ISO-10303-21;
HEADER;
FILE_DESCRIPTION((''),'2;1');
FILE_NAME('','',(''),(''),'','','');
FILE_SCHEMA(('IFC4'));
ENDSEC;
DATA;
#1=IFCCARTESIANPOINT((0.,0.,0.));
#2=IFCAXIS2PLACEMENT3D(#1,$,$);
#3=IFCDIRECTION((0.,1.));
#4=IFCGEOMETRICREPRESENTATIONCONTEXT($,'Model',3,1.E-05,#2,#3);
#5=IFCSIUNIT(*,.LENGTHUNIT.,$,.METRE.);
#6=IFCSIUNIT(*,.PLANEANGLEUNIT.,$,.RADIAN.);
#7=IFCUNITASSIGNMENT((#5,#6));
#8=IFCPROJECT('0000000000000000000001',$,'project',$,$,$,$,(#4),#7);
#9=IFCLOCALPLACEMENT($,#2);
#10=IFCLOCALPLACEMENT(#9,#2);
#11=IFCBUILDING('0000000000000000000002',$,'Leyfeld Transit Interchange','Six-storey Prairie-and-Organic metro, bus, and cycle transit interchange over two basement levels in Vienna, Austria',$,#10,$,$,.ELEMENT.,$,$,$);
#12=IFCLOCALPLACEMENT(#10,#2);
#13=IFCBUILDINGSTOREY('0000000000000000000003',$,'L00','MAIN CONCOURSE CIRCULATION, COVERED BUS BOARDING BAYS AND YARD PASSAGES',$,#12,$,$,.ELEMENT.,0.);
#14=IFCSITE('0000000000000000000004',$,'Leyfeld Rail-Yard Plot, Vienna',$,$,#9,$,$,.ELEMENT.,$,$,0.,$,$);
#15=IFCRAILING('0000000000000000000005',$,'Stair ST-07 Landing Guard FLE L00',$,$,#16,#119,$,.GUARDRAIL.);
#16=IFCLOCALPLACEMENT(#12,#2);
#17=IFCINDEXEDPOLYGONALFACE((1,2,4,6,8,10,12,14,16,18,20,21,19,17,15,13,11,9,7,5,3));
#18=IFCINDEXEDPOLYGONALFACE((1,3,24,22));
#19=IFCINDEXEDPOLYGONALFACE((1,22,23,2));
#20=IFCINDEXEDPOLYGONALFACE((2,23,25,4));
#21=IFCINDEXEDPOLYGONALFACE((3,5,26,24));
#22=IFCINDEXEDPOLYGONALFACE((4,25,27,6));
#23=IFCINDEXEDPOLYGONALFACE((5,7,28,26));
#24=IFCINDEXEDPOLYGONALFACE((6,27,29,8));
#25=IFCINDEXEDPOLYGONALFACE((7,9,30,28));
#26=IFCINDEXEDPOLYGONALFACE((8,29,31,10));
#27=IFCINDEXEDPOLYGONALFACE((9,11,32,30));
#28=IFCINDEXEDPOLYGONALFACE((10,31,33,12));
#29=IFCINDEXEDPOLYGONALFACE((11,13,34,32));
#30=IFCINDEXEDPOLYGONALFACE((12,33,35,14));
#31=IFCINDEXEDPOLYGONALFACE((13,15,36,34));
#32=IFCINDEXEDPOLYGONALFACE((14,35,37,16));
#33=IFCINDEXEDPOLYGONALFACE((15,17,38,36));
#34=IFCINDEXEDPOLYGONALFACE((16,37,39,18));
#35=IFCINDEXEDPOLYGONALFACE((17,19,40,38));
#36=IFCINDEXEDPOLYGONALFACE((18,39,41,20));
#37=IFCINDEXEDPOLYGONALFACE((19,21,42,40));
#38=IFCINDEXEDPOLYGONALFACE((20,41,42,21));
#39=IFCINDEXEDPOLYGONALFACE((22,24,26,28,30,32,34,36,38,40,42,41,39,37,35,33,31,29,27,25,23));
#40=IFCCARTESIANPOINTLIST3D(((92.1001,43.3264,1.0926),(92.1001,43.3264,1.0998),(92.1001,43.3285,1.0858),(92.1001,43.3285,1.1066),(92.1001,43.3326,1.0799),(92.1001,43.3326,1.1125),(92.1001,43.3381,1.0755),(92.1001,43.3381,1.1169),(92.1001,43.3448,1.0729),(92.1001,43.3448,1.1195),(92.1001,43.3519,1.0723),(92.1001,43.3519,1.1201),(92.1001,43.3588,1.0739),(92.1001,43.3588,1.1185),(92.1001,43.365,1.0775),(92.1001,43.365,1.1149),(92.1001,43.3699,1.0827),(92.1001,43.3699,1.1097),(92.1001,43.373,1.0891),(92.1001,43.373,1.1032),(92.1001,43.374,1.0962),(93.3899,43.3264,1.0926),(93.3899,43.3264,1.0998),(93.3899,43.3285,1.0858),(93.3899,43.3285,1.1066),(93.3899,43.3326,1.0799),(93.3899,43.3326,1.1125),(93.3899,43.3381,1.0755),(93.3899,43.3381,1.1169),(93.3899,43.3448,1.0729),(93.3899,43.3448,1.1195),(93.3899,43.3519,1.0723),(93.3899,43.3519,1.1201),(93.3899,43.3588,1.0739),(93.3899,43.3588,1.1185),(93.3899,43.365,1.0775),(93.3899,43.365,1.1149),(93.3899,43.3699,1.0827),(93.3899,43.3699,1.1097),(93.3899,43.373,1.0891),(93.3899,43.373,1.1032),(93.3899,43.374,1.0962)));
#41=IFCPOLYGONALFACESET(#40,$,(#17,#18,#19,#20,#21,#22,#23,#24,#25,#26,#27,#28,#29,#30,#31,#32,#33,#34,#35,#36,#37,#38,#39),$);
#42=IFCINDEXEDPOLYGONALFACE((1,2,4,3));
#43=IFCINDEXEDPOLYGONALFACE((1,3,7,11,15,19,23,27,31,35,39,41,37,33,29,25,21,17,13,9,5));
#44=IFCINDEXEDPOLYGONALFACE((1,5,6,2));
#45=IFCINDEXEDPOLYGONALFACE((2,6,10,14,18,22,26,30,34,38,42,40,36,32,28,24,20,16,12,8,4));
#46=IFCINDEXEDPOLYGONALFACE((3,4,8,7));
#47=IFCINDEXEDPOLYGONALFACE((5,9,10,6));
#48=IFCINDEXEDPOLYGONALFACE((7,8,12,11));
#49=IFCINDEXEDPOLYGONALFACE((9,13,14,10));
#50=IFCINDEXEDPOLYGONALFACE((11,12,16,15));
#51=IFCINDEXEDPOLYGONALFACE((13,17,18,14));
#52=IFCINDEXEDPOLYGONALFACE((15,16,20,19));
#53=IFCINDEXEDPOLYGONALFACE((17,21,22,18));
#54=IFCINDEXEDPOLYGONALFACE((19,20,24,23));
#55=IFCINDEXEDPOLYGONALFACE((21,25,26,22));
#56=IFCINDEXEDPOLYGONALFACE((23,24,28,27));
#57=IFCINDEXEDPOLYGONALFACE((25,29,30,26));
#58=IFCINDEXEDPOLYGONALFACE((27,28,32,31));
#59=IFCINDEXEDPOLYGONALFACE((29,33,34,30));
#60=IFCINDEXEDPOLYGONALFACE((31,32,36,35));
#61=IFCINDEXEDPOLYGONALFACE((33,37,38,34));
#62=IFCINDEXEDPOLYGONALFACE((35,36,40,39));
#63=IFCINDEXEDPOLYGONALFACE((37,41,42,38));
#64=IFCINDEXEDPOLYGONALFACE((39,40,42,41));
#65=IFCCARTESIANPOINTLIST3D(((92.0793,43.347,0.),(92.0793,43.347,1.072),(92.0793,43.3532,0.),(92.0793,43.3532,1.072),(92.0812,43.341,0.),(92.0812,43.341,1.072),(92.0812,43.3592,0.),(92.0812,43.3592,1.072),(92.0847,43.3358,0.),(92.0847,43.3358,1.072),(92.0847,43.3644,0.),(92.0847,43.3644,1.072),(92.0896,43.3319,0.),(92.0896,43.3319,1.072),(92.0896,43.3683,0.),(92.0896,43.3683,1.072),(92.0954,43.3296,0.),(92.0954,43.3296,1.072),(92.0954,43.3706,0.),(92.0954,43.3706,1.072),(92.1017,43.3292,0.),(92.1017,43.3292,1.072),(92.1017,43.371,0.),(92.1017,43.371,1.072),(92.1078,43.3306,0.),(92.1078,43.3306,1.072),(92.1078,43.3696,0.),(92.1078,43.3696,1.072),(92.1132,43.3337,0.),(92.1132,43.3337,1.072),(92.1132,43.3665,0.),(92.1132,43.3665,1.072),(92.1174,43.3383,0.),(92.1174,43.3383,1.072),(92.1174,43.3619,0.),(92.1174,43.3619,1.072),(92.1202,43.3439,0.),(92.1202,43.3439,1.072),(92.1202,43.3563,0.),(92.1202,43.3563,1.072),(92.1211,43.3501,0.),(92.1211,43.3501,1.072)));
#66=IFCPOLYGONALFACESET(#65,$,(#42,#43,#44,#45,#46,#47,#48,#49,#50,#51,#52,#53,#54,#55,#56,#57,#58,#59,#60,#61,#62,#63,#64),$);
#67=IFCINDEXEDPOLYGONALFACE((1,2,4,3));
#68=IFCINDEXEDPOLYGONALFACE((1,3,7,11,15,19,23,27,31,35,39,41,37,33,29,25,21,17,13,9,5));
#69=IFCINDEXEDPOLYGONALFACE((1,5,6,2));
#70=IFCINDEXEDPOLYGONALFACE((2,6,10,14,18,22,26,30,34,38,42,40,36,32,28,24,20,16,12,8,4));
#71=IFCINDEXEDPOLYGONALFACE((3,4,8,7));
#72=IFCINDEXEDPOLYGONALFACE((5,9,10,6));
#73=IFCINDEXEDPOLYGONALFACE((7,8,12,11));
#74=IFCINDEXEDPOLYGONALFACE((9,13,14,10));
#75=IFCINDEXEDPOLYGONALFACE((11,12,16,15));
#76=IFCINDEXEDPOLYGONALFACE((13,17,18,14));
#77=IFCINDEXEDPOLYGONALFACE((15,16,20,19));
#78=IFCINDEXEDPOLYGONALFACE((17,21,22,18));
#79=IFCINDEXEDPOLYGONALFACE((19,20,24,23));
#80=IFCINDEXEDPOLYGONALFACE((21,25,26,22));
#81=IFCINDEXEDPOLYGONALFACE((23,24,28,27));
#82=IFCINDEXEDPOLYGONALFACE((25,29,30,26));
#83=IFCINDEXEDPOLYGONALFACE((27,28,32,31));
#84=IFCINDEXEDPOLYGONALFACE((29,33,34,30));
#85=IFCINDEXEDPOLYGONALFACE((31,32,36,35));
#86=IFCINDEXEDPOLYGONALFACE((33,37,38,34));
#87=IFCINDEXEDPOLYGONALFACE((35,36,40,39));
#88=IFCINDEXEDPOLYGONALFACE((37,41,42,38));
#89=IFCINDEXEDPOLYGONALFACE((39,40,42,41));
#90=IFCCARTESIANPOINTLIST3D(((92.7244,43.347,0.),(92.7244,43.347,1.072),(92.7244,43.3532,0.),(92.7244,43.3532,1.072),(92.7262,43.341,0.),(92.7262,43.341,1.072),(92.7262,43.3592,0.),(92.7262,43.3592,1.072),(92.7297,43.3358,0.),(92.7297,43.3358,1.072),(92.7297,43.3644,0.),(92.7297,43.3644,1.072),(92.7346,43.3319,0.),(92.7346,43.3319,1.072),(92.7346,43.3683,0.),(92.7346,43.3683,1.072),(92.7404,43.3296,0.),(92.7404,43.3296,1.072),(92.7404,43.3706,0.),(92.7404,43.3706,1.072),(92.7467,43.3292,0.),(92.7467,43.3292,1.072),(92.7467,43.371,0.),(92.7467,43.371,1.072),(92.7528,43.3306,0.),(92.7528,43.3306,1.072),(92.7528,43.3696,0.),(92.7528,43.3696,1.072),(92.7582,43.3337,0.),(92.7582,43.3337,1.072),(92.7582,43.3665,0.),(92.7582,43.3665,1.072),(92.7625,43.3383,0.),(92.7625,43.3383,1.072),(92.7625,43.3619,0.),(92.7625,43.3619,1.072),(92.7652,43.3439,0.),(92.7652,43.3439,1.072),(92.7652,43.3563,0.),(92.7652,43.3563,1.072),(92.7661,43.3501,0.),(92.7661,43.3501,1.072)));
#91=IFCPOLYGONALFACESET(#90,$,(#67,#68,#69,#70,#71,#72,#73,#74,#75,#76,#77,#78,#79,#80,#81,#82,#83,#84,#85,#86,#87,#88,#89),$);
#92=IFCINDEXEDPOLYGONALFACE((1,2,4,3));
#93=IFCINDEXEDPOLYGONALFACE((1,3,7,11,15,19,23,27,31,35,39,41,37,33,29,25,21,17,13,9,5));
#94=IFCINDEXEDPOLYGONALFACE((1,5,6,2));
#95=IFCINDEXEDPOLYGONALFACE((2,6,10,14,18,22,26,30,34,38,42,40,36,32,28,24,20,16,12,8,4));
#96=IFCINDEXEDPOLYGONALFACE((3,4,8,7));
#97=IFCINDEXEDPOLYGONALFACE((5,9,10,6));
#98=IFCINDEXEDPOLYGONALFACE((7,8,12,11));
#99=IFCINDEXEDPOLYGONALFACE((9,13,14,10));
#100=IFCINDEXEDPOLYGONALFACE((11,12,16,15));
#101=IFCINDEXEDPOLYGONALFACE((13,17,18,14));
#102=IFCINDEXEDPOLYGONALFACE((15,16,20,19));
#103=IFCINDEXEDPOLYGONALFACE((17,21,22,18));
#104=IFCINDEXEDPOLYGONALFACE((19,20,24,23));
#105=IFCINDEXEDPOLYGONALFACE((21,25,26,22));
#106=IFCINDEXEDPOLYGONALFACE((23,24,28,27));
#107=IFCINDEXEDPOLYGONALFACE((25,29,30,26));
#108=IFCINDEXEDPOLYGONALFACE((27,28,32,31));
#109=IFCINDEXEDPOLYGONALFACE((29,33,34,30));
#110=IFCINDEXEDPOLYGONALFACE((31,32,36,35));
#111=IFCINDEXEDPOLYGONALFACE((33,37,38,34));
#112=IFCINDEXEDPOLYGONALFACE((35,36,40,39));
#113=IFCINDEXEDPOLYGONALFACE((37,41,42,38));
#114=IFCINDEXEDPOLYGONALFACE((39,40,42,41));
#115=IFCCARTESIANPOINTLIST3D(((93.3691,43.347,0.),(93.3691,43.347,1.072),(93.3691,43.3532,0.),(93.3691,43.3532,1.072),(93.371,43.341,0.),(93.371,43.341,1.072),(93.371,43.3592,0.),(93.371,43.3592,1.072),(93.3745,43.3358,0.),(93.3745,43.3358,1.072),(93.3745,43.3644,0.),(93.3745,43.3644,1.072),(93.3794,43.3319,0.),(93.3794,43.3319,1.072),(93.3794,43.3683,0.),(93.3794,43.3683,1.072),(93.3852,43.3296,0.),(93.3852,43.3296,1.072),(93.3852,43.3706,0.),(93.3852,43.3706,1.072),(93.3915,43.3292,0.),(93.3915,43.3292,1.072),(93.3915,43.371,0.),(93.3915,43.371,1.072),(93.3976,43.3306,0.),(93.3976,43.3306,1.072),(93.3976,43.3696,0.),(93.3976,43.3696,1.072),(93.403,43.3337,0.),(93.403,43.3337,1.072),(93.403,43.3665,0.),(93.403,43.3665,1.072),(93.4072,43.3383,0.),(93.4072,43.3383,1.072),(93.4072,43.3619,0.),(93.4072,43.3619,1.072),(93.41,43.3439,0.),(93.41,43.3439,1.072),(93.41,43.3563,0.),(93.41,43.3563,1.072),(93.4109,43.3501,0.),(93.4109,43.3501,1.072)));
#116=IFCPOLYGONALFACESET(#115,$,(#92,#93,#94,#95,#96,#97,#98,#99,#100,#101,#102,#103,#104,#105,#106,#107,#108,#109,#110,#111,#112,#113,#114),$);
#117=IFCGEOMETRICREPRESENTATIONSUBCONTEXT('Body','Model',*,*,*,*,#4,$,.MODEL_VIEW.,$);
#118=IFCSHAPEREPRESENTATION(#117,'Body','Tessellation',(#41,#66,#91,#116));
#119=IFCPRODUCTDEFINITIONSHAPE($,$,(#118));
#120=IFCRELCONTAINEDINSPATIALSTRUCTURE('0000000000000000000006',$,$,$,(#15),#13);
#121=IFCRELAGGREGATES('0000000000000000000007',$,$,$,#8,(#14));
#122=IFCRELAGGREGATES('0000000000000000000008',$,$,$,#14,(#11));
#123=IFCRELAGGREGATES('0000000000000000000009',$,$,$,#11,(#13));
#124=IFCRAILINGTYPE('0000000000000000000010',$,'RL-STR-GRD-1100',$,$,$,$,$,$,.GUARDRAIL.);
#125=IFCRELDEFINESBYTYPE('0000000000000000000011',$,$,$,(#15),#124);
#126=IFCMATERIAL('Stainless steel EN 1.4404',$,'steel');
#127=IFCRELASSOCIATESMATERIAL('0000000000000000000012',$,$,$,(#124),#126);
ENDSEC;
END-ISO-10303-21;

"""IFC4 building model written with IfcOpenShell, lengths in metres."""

from ifc_helpers import new_model, si_unit, direction, frame, origin, origin_2d, place, context, subcontext, project, spatial, circle, extrude, material, type_object, element, save


model = new_model("IFC4")

# Units and contexts
model_context = context("Model", 3, precision=1e-05, world=origin(), true_north=direction((0.0, 1.0)))
body_context = subcontext(model_context, "Body", "Model", "MODEL_VIEW")
ifc_project = project(units=[si_unit("LENGTHUNIT", "METRE"), si_unit("PLANEANGLEUNIT", "RADIAN")], contexts=[model_context])

# Site, building, storey
site_placement = place(None, origin())
site = spatial("IfcSite", under=ifc_project, at=site_placement, Name="Leyfeld Rail-Yard Plot, Vienna", CompositionType="ELEMENT", RefElevation=0.0)
building_placement = place(site_placement, origin())
building = spatial("IfcBuilding", under=site, at=building_placement, Name="Leyfeld Transit Interchange", Description="Six-storey Prairie-and-Organic metro, bus, and cycle transit interchange over two basement levels in Vienna, Austria", CompositionType="ELEMENT")
storey_placement = place(building_placement, origin())
storey = spatial("IfcBuildingStorey", under=building, at=storey_placement, Name="L00", Description="MAIN CONCOURSE CIRCULATION, COVERED BUS BOARDING BAYS AND YARD PASSAGES", CompositionType="ELEMENT", Elevation=0.0)

# Railing
ifc_material_1 = material(Name="Stainless steel EN 1.4404", Category="steel")
railing_type = type_object("IfcRailingType", Name="RL-STR-GRD-1100", PredefinedType="GUARDRAIL", material=ifc_material_1)
railing_placement = place(storey_placement, frame((92.1001, 43.3501, 0.0)))
element("IfcRailing", 1, at=railing_placement, inside=storey, type_object=railing_type, Name="Stair ST-07 Landing Guard FLE L00", PredefinedType="GUARDRAIL", context=body_context, shape_type="SweptSolid", body=[
    extrude(circle(Radius=0.0239, at=origin_2d()), frame((0.0, 0.0, 1.0962), z_axis=(1.0, 0.0, 0.0), x_axis=(0.0, 1.0, 0.0)), (0.0, 0.0, 1.0), 1.2898),
    extrude(circle(Radius=0.021, at=origin_2d()), origin(), (0.0, 0.0, 1.0), 1.072),
    extrude(circle(Radius=0.021, at=origin_2d()), frame((0.645, 0.0, 0.0)), (0.0, 0.0, 1.0), 1.072),
    extrude(circle(Radius=0.021, at=origin_2d()), frame((1.2898, 0.0, 0.0)), (0.0, 0.0, 1.0), 1.072),
])

save(model, "model.ifc")
